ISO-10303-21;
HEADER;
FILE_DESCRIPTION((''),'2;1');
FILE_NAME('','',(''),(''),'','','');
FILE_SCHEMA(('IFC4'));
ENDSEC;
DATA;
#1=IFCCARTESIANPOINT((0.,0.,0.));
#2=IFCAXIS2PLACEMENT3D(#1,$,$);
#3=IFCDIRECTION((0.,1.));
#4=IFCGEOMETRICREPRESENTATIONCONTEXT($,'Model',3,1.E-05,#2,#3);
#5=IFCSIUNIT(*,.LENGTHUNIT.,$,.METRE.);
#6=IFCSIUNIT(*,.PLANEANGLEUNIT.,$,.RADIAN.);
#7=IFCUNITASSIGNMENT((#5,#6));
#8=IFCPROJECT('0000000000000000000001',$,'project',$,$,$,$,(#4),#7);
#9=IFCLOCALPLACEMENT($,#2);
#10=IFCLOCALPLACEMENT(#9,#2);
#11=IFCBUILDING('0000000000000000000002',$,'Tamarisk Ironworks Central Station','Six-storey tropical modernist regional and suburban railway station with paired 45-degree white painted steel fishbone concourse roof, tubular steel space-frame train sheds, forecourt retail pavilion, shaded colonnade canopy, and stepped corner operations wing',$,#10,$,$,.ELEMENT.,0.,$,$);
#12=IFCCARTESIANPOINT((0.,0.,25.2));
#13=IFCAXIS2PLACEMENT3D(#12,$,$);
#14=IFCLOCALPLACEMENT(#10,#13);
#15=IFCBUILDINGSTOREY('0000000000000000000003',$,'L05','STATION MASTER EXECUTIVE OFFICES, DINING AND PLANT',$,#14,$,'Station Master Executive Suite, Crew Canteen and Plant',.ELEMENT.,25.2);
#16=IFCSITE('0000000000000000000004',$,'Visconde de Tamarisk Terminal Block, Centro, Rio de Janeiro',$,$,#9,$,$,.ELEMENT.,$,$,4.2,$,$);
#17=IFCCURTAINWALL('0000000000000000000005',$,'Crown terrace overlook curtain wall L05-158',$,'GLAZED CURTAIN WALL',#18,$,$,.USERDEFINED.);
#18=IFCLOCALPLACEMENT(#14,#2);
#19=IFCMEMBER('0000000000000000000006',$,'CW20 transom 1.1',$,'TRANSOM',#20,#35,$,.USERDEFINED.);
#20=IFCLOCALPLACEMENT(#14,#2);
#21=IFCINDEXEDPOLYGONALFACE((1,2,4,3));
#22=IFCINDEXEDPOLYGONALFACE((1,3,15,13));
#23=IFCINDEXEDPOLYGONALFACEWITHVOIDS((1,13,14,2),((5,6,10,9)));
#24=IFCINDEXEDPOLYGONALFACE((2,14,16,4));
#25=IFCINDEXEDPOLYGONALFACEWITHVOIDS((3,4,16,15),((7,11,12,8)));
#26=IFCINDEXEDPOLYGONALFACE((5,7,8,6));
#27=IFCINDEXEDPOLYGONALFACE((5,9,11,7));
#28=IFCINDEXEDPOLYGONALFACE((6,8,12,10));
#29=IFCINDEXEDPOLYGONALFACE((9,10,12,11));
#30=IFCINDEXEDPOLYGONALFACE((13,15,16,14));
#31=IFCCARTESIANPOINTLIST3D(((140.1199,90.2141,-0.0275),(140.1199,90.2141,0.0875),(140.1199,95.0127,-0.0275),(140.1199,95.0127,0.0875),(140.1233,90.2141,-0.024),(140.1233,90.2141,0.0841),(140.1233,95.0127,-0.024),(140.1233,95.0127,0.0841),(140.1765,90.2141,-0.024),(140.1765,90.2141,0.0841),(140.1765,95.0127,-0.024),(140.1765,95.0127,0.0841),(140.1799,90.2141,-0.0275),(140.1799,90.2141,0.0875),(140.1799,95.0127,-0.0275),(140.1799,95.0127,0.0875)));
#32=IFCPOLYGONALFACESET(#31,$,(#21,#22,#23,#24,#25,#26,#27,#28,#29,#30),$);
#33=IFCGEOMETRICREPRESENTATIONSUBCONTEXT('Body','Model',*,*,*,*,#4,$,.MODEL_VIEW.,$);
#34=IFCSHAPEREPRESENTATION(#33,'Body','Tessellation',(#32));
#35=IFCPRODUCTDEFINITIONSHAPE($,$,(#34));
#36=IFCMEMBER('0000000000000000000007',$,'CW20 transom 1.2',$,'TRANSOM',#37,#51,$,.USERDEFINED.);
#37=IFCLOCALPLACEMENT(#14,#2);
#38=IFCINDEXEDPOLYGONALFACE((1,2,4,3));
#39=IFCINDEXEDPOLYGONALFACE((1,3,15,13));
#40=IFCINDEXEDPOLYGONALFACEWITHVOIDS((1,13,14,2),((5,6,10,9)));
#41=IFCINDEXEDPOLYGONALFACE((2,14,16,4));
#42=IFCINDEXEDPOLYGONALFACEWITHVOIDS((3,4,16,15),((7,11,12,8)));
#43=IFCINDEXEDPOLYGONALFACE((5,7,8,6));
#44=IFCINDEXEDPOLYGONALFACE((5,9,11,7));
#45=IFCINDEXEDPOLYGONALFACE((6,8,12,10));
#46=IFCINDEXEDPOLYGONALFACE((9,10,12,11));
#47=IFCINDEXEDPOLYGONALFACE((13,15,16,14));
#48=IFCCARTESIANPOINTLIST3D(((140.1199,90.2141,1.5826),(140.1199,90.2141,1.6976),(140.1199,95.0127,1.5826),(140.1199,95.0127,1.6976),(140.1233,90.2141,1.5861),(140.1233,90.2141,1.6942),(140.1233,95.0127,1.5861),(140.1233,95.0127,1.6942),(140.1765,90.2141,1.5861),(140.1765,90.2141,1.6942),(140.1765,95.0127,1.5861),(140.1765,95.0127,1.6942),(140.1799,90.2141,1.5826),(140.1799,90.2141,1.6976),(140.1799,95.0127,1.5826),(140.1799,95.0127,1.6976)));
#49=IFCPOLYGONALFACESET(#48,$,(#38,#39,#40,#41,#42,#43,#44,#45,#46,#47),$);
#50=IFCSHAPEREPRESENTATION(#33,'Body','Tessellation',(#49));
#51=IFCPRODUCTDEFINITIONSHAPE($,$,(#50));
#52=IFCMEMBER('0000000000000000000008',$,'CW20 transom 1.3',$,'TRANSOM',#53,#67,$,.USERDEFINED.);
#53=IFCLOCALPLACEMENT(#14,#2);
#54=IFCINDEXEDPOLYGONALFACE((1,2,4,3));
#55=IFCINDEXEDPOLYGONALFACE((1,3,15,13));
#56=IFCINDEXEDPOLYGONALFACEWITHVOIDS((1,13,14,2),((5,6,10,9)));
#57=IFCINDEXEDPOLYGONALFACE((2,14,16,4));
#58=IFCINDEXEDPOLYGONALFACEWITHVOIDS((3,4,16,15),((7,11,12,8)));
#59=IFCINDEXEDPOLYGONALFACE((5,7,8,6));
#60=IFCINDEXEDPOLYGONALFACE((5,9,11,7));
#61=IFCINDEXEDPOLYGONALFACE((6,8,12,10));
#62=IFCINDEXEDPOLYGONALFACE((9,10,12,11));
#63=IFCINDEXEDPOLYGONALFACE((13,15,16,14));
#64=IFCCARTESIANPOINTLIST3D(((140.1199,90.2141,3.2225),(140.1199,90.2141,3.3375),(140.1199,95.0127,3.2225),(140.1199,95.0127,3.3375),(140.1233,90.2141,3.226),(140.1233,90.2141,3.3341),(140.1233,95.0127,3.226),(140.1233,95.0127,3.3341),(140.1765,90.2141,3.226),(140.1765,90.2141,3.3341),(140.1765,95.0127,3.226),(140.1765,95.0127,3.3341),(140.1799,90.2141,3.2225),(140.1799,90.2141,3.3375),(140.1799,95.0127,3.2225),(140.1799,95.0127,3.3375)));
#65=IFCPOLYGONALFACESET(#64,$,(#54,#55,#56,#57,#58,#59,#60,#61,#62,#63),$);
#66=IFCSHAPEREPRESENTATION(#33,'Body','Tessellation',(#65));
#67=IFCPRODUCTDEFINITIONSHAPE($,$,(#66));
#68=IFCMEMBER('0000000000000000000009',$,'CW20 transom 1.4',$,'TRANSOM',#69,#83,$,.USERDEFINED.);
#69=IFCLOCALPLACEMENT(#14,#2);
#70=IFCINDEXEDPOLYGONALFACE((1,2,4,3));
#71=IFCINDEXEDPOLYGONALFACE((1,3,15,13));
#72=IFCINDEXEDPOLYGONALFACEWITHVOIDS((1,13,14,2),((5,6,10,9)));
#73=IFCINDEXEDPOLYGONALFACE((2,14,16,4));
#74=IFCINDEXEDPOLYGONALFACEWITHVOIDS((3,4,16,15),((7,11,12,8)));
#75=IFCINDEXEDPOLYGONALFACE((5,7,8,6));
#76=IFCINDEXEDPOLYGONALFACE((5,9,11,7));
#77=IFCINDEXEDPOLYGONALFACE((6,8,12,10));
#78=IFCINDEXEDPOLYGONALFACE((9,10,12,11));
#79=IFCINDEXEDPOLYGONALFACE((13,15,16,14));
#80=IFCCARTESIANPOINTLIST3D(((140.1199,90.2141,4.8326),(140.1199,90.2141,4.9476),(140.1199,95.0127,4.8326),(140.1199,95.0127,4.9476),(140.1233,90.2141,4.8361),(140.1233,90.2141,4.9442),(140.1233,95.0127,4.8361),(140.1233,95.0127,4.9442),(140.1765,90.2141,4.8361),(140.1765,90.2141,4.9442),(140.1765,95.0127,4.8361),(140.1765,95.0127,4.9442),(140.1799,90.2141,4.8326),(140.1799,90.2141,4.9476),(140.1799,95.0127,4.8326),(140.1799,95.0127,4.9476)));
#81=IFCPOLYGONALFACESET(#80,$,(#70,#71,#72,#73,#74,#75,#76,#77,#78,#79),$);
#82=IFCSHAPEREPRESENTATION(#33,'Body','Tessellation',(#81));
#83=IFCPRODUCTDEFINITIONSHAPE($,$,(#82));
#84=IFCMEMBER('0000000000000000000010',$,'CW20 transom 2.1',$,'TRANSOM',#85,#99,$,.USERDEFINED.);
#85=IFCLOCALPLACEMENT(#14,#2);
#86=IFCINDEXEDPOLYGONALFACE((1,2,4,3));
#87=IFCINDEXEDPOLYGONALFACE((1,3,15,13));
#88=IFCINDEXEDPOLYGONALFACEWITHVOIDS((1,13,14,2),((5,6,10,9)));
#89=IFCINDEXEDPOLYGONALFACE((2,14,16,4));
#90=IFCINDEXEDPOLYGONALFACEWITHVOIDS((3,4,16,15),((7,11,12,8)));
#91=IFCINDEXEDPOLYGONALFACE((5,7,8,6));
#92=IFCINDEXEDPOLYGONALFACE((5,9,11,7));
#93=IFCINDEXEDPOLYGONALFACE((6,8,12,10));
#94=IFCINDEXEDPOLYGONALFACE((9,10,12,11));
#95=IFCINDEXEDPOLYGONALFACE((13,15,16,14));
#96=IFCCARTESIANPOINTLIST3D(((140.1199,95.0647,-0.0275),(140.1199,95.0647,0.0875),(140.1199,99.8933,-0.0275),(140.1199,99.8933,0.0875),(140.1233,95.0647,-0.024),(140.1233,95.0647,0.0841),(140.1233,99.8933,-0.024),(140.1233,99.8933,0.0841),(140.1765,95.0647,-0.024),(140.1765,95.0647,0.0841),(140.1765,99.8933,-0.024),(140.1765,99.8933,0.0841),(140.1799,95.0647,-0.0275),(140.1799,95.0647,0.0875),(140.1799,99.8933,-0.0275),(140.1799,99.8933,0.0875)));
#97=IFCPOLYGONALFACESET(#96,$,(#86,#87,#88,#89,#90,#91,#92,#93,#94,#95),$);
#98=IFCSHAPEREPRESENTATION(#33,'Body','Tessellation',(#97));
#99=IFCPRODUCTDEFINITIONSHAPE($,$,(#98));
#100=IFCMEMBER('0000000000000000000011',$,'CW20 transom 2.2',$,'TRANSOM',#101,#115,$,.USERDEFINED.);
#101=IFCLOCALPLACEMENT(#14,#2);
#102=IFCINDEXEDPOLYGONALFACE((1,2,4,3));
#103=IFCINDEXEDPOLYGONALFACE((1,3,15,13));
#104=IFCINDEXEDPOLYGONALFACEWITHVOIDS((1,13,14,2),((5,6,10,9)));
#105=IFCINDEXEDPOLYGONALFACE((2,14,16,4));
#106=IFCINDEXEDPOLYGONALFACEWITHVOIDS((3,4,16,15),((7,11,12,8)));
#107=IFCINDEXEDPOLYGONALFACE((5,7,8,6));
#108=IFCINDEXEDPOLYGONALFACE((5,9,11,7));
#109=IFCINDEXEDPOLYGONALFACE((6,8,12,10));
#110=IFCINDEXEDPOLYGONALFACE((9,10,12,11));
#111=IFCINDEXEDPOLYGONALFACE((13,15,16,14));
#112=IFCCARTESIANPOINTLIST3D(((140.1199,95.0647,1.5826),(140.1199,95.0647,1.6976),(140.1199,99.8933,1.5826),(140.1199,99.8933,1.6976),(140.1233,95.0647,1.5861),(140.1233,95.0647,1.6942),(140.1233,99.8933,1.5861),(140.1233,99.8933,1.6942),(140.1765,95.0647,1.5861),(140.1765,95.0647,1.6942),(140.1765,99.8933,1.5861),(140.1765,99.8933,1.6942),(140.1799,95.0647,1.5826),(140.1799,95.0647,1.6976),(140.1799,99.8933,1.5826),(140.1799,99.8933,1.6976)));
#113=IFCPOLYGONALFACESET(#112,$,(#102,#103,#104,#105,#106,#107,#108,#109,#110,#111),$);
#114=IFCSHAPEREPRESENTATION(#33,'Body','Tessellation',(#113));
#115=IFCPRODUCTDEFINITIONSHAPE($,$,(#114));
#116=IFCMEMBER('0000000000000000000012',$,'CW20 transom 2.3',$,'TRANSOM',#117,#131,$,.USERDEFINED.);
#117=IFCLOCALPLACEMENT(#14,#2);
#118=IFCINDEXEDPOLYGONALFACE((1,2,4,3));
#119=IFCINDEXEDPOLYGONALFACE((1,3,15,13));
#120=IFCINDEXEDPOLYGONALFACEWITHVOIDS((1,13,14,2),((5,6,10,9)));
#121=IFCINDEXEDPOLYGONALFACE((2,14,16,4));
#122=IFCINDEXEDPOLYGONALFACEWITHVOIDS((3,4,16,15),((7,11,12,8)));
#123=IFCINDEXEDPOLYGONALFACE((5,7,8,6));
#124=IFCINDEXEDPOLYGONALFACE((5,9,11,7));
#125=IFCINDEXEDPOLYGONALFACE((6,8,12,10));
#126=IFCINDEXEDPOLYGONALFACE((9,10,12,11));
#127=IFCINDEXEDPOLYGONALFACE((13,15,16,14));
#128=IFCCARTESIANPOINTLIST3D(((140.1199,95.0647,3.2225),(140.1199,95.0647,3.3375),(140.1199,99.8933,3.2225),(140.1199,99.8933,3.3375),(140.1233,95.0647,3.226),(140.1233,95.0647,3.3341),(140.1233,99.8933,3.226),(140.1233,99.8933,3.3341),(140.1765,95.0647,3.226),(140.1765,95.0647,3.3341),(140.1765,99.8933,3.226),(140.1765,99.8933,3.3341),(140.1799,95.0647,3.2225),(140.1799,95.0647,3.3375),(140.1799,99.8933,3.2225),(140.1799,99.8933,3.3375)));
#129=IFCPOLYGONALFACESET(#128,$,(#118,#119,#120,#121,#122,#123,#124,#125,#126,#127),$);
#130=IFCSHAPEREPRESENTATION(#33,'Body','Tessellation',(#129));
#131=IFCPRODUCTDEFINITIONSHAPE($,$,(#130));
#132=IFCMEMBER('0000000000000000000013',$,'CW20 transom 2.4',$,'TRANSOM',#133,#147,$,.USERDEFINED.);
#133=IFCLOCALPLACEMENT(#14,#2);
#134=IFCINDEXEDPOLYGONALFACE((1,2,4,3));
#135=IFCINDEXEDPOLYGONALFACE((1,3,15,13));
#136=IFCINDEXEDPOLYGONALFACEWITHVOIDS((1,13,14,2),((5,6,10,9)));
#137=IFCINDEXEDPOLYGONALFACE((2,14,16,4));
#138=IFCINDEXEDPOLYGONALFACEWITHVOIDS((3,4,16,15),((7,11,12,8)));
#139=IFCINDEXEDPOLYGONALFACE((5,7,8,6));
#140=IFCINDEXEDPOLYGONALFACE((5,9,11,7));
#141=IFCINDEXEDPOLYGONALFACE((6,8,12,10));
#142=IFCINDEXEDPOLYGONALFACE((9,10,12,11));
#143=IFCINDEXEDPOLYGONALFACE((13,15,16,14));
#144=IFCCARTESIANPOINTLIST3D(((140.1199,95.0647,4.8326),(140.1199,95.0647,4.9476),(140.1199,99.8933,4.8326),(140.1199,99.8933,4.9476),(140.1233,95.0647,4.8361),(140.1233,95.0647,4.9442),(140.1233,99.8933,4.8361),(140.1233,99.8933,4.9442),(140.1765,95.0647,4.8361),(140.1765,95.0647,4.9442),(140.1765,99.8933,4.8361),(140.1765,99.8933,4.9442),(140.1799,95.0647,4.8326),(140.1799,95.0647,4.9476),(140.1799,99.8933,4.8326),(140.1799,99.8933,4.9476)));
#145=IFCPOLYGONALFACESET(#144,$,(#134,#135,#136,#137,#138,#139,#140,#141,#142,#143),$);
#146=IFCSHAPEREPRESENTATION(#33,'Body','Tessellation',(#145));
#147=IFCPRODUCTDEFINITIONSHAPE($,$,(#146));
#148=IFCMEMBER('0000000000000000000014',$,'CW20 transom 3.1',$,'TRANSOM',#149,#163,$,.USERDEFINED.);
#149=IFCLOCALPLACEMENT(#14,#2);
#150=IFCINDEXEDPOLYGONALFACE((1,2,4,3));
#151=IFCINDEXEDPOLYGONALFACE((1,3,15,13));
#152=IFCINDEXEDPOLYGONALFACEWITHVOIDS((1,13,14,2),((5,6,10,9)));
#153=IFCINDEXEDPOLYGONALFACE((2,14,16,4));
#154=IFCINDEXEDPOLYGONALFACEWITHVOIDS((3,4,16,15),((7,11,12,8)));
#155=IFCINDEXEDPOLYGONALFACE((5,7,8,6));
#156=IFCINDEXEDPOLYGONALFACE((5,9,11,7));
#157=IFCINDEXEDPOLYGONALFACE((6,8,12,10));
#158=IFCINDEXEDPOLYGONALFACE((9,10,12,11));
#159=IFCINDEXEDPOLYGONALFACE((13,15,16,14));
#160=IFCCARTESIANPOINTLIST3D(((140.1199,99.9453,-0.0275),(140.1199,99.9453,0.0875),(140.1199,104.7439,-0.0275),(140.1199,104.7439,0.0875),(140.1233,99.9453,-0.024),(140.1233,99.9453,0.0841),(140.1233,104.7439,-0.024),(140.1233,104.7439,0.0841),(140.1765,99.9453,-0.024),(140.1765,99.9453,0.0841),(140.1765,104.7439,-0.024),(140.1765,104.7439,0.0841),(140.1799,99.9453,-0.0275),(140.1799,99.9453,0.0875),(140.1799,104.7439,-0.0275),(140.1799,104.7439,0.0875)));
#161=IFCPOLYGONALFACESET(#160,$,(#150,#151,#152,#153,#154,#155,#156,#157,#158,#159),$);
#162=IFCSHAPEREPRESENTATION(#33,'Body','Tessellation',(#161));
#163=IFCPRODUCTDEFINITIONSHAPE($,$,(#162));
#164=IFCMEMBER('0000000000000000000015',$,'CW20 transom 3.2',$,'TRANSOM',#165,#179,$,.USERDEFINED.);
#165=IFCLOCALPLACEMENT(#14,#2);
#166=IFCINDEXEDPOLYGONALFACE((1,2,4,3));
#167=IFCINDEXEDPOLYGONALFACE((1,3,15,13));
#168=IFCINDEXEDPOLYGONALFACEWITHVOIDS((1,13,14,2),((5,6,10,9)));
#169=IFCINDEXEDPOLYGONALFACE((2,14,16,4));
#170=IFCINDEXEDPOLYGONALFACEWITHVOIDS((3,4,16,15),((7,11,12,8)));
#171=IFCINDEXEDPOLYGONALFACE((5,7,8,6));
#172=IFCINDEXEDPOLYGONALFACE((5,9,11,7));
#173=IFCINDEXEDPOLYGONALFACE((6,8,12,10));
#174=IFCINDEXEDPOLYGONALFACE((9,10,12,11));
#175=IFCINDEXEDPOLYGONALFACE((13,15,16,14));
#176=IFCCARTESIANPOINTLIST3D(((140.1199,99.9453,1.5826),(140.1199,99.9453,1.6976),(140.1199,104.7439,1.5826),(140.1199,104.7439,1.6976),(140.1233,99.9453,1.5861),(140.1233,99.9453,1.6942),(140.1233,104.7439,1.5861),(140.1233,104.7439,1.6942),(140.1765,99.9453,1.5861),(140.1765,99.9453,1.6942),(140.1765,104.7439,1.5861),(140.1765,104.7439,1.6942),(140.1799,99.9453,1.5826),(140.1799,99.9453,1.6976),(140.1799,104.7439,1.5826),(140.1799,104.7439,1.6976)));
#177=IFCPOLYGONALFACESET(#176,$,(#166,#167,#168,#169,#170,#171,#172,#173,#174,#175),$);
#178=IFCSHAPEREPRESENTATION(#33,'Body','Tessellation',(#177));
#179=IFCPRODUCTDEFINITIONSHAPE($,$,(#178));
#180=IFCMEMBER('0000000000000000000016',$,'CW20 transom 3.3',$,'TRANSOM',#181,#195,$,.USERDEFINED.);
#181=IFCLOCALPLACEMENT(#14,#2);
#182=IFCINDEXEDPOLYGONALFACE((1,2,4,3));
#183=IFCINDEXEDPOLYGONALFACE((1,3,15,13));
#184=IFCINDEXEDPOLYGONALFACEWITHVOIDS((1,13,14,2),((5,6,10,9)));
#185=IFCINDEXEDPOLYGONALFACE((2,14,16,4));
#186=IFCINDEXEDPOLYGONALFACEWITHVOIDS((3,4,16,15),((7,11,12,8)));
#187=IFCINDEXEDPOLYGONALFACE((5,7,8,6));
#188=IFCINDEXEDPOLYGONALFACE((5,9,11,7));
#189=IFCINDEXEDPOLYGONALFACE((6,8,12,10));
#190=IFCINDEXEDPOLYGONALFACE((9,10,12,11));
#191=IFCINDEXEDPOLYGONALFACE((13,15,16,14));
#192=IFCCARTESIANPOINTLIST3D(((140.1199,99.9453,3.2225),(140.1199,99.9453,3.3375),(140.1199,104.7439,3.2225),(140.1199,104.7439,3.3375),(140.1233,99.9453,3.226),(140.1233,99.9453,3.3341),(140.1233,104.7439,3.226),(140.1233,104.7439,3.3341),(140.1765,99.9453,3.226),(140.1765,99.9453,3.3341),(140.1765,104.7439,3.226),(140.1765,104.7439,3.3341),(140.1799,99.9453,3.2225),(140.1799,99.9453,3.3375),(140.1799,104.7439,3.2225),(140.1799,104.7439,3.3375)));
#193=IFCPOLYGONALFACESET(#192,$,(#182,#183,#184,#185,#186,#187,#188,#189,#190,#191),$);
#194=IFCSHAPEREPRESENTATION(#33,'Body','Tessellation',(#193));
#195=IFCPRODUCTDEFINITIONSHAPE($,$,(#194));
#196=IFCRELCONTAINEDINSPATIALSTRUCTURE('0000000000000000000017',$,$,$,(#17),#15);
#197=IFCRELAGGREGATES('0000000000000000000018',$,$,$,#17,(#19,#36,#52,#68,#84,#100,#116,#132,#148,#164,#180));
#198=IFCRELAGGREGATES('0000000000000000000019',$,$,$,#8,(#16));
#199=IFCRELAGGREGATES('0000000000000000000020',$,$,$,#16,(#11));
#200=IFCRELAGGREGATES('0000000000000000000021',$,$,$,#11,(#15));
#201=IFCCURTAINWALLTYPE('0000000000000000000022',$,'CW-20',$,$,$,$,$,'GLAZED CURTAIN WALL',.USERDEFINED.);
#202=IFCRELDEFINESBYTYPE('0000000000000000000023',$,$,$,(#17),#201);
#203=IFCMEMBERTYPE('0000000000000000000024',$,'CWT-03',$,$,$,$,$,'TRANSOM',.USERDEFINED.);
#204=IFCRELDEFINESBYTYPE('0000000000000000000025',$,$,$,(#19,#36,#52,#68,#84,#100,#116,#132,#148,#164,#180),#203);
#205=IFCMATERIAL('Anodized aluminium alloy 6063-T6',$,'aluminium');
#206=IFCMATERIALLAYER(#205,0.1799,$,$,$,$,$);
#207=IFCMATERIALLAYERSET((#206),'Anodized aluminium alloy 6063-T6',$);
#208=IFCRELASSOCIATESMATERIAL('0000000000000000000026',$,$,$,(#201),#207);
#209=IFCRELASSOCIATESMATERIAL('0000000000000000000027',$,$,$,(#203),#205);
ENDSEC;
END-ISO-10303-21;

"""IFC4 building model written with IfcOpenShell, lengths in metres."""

from ifc_helpers import new_model, si_unit, direction, frame, origin, origin_2d, place, context, subcontext, project, spatial, hollow_rectangle, extrude, material, layer, layer_set, material_profile, profile_set, type_object, element, aggregate, save


model = new_model("IFC4")

# Units and contexts
model_context = context("Model", 3, precision=1e-05, world=origin(), true_north=direction((0.0, 1.0)))
body_context = subcontext(model_context, "Body", "Model", "MODEL_VIEW")
ifc_project = project(units=[si_unit("LENGTHUNIT", "METRE"), si_unit("PLANEANGLEUNIT", "RADIAN")], contexts=[model_context])

# Site, building, storey
site_placement = place(None, origin())
site = spatial("IfcSite", under=ifc_project, at=site_placement, Name="Visconde de Tamarisk Terminal Block, Centro, Rio de Janeiro", CompositionType="ELEMENT", RefElevation=4.2)
building_placement = place(site_placement, origin())
building = spatial("IfcBuilding", under=site, at=building_placement, Name="Tamarisk Ironworks Central Station", Description="Six-storey tropical modernist regional and suburban railway station with paired 45-degree white painted steel fishbone concourse roof, tubular steel space-frame train sheds, forecourt retail pavilion, shaded colonnade canopy, and stepped corner operations wing", CompositionType="ELEMENT", ElevationOfRefHeight=0.0)
storey_placement = place(building_placement, frame((0.0, 0.0, 25.2)))
storey = spatial("IfcBuildingStorey", under=building, at=storey_placement, Name="L05", Description="STATION MASTER EXECUTIVE OFFICES, DINING AND PLANT", LongName="Station Master Executive Suite, Crew Canteen and Plant", CompositionType="ELEMENT", Elevation=25.2)

# Curtain wall, members
ifc_material = material(Name="Anodized aluminium alloy 6063-T6", Category="aluminium")
ifc_layer_1 = layer(ifc_material, 0.1799)
ifc_layer_set_1 = layer_set([ifc_layer_1], Name="Anodized aluminium alloy 6063-T6")
curtain_wall_type = type_object("IfcCurtainWallType", Name="CW-20", ElementType="GLAZED CURTAIN WALL", PredefinedType="USERDEFINED", material=ifc_layer_set_1)
curtain_wall_placement = place(storey_placement, origin())
curtain_wall = element("IfcCurtainWall", 1, at=curtain_wall_placement, inside=storey, type_object=curtain_wall_type, Name="Crown terrace overlook curtain wall L05-158", ObjectType="GLAZED CURTAIN WALL", PredefinedType="USERDEFINED")
ifc_material_profile = material_profile(ifc_material, hollow_rectangle(XDim=0.0601, YDim=0.115, WallThickness=0.0034, at=origin_2d()), Name="ALUM 115x60")
ifc_profile_set = profile_set([ifc_material_profile], Name="Anodized aluminium alloy 6063-T6")
member_type = type_object("IfcMemberType", Name="CWT-03", ElementType="TRANSOM", PredefinedType="USERDEFINED", material=ifc_profile_set)
member_1_placement = place(storey_placement, frame((140.1499, 90.2141, 0.03), z_axis=(0.0, 1.0, 0.0), x_axis=(-1.0, 0.0, 0.0)))
member_1 = element("IfcMember", 2, at=member_1_placement, type_object=member_type, Name="CW20 transom 1.1", ObjectType="TRANSOM", PredefinedType="USERDEFINED", context=body_context, shape_type="SweptSolid", body=[
    extrude(hollow_rectangle(XDim=0.0601, YDim=0.115, WallThickness=0.0034, at=origin_2d()), origin(), (0.0, 0.0, 1.0), 4.7986),
])
member_2_placement = place(storey_placement, frame((140.1499, 90.2141, 1.6401), z_axis=(0.0, 1.0, 0.0), x_axis=(-1.0, 0.0, 0.0)))
member_2 = element("IfcMember", 3, at=member_2_placement, type_object=member_type, Name="CW20 transom 1.2", ObjectType="TRANSOM", PredefinedType="USERDEFINED", context=body_context, shape_type="SweptSolid", body=[
    extrude(hollow_rectangle(XDim=0.0601, YDim=0.115, WallThickness=0.0034, at=origin_2d()), origin(), (0.0, 0.0, 1.0), 4.7986),
])
member_3_placement = place(storey_placement, frame((140.1499, 90.2141, 3.28), z_axis=(0.0, 1.0, 0.0), x_axis=(-1.0, 0.0, 0.0)))
member_3 = element("IfcMember", 4, at=member_3_placement, type_object=member_type, Name="CW20 transom 1.3", ObjectType="TRANSOM", PredefinedType="USERDEFINED", context=body_context, shape_type="SweptSolid", body=[
    extrude(hollow_rectangle(XDim=0.0601, YDim=0.115, WallThickness=0.0034, at=origin_2d()), origin(), (0.0, 0.0, 1.0), 4.7986),
])
member_4_placement = place(storey_placement, frame((140.1499, 90.2141, 4.8901), z_axis=(0.0, 1.0, 0.0), x_axis=(-1.0, 0.0, 0.0)))
member_4 = element("IfcMember", 5, at=member_4_placement, type_object=member_type, Name="CW20 transom 1.4", ObjectType="TRANSOM", PredefinedType="USERDEFINED", context=body_context, shape_type="SweptSolid", body=[
    extrude(hollow_rectangle(XDim=0.0601, YDim=0.115, WallThickness=0.0034, at=origin_2d()), origin(), (0.0, 0.0, 1.0), 4.7986),
])
member_5_placement = place(storey_placement, frame((140.1499, 95.0647, 0.03), z_axis=(0.0, 1.0, 0.0), x_axis=(-1.0, 0.0, 0.0)))
member_5 = element("IfcMember", 6, at=member_5_placement, type_object=member_type, Name="CW20 transom 2.1", ObjectType="TRANSOM", PredefinedType="USERDEFINED", context=body_context, shape_type="SweptSolid", body=[
    extrude(hollow_rectangle(XDim=0.0601, YDim=0.115, WallThickness=0.0034, at=origin_2d()), origin(), (0.0, 0.0, 1.0), 4.8286),
])
member_6_placement = place(storey_placement, frame((140.1499, 95.0647, 1.6401), z_axis=(0.0, 1.0, 0.0), x_axis=(-1.0, 0.0, 0.0)))
member_6 = element("IfcMember", 7, at=member_6_placement, type_object=member_type, Name="CW20 transom 2.2", ObjectType="TRANSOM", PredefinedType="USERDEFINED", context=body_context, shape_type="SweptSolid", body=[
    extrude(hollow_rectangle(XDim=0.0601, YDim=0.115, WallThickness=0.0034, at=origin_2d()), origin(), (0.0, 0.0, 1.0), 4.8286),
])
member_7_placement = place(storey_placement, frame((140.1499, 95.0647, 3.28), z_axis=(0.0, 1.0, 0.0), x_axis=(-1.0, 0.0, 0.0)))
member_7 = element("IfcMember", 8, at=member_7_placement, type_object=member_type, Name="CW20 transom 2.3", ObjectType="TRANSOM", PredefinedType="USERDEFINED", context=body_context, shape_type="SweptSolid", body=[
    extrude(hollow_rectangle(XDim=0.0601, YDim=0.115, WallThickness=0.0034, at=origin_2d()), origin(), (0.0, 0.0, 1.0), 4.8286),
])
member_8_placement = place(storey_placement, frame((140.1499, 95.0647, 4.8901), z_axis=(0.0, 1.0, 0.0), x_axis=(-1.0, 0.0, 0.0)))
member_8 = element("IfcMember", 9, at=member_8_placement, type_object=member_type, Name="CW20 transom 2.4", ObjectType="TRANSOM", PredefinedType="USERDEFINED", context=body_context, shape_type="SweptSolid", body=[
    extrude(hollow_rectangle(XDim=0.0601, YDim=0.115, WallThickness=0.0034, at=origin_2d()), origin(), (0.0, 0.0, 1.0), 4.8286),
])
member_9_placement = place(storey_placement, frame((140.1499, 99.9453, 0.03), z_axis=(0.0, 1.0, 0.0), x_axis=(-1.0, 0.0, 0.0)))
member_9 = element("IfcMember", 10, at=member_9_placement, type_object=member_type, Name="CW20 transom 3.1", ObjectType="TRANSOM", PredefinedType="USERDEFINED", context=body_context, shape_type="SweptSolid", body=[
    extrude(hollow_rectangle(XDim=0.0601, YDim=0.115, WallThickness=0.0034, at=origin_2d()), origin(), (0.0, 0.0, 1.0), 4.7986),
])
member_10_placement = place(storey_placement, frame((140.1499, 99.9453, 1.6401), z_axis=(0.0, 1.0, 0.0), x_axis=(-1.0, 0.0, 0.0)))
member_10 = element("IfcMember", 11, at=member_10_placement, type_object=member_type, Name="CW20 transom 3.2", ObjectType="TRANSOM", PredefinedType="USERDEFINED", context=body_context, shape_type="SweptSolid", body=[
    extrude(hollow_rectangle(XDim=0.0601, YDim=0.115, WallThickness=0.0034, at=origin_2d()), origin(), (0.0, 0.0, 1.0), 4.7986),
])
member_11_placement = place(storey_placement, frame((140.1499, 99.9453, 3.28), z_axis=(0.0, 1.0, 0.0), x_axis=(-1.0, 0.0, 0.0)))
member_11 = element("IfcMember", 12, at=member_11_placement, type_object=member_type, Name="CW20 transom 3.3", ObjectType="TRANSOM", PredefinedType="USERDEFINED", context=body_context, shape_type="SweptSolid", body=[
    extrude(hollow_rectangle(XDim=0.0601, YDim=0.115, WallThickness=0.0034, at=origin_2d()), origin(), (0.0, 0.0, 1.0), 4.7986),
])
aggregate(curtain_wall, [member_1, member_2, member_3, member_4, member_5, member_6, member_7, member_8, member_9, member_10, member_11])

save(model, "model.ifc")
